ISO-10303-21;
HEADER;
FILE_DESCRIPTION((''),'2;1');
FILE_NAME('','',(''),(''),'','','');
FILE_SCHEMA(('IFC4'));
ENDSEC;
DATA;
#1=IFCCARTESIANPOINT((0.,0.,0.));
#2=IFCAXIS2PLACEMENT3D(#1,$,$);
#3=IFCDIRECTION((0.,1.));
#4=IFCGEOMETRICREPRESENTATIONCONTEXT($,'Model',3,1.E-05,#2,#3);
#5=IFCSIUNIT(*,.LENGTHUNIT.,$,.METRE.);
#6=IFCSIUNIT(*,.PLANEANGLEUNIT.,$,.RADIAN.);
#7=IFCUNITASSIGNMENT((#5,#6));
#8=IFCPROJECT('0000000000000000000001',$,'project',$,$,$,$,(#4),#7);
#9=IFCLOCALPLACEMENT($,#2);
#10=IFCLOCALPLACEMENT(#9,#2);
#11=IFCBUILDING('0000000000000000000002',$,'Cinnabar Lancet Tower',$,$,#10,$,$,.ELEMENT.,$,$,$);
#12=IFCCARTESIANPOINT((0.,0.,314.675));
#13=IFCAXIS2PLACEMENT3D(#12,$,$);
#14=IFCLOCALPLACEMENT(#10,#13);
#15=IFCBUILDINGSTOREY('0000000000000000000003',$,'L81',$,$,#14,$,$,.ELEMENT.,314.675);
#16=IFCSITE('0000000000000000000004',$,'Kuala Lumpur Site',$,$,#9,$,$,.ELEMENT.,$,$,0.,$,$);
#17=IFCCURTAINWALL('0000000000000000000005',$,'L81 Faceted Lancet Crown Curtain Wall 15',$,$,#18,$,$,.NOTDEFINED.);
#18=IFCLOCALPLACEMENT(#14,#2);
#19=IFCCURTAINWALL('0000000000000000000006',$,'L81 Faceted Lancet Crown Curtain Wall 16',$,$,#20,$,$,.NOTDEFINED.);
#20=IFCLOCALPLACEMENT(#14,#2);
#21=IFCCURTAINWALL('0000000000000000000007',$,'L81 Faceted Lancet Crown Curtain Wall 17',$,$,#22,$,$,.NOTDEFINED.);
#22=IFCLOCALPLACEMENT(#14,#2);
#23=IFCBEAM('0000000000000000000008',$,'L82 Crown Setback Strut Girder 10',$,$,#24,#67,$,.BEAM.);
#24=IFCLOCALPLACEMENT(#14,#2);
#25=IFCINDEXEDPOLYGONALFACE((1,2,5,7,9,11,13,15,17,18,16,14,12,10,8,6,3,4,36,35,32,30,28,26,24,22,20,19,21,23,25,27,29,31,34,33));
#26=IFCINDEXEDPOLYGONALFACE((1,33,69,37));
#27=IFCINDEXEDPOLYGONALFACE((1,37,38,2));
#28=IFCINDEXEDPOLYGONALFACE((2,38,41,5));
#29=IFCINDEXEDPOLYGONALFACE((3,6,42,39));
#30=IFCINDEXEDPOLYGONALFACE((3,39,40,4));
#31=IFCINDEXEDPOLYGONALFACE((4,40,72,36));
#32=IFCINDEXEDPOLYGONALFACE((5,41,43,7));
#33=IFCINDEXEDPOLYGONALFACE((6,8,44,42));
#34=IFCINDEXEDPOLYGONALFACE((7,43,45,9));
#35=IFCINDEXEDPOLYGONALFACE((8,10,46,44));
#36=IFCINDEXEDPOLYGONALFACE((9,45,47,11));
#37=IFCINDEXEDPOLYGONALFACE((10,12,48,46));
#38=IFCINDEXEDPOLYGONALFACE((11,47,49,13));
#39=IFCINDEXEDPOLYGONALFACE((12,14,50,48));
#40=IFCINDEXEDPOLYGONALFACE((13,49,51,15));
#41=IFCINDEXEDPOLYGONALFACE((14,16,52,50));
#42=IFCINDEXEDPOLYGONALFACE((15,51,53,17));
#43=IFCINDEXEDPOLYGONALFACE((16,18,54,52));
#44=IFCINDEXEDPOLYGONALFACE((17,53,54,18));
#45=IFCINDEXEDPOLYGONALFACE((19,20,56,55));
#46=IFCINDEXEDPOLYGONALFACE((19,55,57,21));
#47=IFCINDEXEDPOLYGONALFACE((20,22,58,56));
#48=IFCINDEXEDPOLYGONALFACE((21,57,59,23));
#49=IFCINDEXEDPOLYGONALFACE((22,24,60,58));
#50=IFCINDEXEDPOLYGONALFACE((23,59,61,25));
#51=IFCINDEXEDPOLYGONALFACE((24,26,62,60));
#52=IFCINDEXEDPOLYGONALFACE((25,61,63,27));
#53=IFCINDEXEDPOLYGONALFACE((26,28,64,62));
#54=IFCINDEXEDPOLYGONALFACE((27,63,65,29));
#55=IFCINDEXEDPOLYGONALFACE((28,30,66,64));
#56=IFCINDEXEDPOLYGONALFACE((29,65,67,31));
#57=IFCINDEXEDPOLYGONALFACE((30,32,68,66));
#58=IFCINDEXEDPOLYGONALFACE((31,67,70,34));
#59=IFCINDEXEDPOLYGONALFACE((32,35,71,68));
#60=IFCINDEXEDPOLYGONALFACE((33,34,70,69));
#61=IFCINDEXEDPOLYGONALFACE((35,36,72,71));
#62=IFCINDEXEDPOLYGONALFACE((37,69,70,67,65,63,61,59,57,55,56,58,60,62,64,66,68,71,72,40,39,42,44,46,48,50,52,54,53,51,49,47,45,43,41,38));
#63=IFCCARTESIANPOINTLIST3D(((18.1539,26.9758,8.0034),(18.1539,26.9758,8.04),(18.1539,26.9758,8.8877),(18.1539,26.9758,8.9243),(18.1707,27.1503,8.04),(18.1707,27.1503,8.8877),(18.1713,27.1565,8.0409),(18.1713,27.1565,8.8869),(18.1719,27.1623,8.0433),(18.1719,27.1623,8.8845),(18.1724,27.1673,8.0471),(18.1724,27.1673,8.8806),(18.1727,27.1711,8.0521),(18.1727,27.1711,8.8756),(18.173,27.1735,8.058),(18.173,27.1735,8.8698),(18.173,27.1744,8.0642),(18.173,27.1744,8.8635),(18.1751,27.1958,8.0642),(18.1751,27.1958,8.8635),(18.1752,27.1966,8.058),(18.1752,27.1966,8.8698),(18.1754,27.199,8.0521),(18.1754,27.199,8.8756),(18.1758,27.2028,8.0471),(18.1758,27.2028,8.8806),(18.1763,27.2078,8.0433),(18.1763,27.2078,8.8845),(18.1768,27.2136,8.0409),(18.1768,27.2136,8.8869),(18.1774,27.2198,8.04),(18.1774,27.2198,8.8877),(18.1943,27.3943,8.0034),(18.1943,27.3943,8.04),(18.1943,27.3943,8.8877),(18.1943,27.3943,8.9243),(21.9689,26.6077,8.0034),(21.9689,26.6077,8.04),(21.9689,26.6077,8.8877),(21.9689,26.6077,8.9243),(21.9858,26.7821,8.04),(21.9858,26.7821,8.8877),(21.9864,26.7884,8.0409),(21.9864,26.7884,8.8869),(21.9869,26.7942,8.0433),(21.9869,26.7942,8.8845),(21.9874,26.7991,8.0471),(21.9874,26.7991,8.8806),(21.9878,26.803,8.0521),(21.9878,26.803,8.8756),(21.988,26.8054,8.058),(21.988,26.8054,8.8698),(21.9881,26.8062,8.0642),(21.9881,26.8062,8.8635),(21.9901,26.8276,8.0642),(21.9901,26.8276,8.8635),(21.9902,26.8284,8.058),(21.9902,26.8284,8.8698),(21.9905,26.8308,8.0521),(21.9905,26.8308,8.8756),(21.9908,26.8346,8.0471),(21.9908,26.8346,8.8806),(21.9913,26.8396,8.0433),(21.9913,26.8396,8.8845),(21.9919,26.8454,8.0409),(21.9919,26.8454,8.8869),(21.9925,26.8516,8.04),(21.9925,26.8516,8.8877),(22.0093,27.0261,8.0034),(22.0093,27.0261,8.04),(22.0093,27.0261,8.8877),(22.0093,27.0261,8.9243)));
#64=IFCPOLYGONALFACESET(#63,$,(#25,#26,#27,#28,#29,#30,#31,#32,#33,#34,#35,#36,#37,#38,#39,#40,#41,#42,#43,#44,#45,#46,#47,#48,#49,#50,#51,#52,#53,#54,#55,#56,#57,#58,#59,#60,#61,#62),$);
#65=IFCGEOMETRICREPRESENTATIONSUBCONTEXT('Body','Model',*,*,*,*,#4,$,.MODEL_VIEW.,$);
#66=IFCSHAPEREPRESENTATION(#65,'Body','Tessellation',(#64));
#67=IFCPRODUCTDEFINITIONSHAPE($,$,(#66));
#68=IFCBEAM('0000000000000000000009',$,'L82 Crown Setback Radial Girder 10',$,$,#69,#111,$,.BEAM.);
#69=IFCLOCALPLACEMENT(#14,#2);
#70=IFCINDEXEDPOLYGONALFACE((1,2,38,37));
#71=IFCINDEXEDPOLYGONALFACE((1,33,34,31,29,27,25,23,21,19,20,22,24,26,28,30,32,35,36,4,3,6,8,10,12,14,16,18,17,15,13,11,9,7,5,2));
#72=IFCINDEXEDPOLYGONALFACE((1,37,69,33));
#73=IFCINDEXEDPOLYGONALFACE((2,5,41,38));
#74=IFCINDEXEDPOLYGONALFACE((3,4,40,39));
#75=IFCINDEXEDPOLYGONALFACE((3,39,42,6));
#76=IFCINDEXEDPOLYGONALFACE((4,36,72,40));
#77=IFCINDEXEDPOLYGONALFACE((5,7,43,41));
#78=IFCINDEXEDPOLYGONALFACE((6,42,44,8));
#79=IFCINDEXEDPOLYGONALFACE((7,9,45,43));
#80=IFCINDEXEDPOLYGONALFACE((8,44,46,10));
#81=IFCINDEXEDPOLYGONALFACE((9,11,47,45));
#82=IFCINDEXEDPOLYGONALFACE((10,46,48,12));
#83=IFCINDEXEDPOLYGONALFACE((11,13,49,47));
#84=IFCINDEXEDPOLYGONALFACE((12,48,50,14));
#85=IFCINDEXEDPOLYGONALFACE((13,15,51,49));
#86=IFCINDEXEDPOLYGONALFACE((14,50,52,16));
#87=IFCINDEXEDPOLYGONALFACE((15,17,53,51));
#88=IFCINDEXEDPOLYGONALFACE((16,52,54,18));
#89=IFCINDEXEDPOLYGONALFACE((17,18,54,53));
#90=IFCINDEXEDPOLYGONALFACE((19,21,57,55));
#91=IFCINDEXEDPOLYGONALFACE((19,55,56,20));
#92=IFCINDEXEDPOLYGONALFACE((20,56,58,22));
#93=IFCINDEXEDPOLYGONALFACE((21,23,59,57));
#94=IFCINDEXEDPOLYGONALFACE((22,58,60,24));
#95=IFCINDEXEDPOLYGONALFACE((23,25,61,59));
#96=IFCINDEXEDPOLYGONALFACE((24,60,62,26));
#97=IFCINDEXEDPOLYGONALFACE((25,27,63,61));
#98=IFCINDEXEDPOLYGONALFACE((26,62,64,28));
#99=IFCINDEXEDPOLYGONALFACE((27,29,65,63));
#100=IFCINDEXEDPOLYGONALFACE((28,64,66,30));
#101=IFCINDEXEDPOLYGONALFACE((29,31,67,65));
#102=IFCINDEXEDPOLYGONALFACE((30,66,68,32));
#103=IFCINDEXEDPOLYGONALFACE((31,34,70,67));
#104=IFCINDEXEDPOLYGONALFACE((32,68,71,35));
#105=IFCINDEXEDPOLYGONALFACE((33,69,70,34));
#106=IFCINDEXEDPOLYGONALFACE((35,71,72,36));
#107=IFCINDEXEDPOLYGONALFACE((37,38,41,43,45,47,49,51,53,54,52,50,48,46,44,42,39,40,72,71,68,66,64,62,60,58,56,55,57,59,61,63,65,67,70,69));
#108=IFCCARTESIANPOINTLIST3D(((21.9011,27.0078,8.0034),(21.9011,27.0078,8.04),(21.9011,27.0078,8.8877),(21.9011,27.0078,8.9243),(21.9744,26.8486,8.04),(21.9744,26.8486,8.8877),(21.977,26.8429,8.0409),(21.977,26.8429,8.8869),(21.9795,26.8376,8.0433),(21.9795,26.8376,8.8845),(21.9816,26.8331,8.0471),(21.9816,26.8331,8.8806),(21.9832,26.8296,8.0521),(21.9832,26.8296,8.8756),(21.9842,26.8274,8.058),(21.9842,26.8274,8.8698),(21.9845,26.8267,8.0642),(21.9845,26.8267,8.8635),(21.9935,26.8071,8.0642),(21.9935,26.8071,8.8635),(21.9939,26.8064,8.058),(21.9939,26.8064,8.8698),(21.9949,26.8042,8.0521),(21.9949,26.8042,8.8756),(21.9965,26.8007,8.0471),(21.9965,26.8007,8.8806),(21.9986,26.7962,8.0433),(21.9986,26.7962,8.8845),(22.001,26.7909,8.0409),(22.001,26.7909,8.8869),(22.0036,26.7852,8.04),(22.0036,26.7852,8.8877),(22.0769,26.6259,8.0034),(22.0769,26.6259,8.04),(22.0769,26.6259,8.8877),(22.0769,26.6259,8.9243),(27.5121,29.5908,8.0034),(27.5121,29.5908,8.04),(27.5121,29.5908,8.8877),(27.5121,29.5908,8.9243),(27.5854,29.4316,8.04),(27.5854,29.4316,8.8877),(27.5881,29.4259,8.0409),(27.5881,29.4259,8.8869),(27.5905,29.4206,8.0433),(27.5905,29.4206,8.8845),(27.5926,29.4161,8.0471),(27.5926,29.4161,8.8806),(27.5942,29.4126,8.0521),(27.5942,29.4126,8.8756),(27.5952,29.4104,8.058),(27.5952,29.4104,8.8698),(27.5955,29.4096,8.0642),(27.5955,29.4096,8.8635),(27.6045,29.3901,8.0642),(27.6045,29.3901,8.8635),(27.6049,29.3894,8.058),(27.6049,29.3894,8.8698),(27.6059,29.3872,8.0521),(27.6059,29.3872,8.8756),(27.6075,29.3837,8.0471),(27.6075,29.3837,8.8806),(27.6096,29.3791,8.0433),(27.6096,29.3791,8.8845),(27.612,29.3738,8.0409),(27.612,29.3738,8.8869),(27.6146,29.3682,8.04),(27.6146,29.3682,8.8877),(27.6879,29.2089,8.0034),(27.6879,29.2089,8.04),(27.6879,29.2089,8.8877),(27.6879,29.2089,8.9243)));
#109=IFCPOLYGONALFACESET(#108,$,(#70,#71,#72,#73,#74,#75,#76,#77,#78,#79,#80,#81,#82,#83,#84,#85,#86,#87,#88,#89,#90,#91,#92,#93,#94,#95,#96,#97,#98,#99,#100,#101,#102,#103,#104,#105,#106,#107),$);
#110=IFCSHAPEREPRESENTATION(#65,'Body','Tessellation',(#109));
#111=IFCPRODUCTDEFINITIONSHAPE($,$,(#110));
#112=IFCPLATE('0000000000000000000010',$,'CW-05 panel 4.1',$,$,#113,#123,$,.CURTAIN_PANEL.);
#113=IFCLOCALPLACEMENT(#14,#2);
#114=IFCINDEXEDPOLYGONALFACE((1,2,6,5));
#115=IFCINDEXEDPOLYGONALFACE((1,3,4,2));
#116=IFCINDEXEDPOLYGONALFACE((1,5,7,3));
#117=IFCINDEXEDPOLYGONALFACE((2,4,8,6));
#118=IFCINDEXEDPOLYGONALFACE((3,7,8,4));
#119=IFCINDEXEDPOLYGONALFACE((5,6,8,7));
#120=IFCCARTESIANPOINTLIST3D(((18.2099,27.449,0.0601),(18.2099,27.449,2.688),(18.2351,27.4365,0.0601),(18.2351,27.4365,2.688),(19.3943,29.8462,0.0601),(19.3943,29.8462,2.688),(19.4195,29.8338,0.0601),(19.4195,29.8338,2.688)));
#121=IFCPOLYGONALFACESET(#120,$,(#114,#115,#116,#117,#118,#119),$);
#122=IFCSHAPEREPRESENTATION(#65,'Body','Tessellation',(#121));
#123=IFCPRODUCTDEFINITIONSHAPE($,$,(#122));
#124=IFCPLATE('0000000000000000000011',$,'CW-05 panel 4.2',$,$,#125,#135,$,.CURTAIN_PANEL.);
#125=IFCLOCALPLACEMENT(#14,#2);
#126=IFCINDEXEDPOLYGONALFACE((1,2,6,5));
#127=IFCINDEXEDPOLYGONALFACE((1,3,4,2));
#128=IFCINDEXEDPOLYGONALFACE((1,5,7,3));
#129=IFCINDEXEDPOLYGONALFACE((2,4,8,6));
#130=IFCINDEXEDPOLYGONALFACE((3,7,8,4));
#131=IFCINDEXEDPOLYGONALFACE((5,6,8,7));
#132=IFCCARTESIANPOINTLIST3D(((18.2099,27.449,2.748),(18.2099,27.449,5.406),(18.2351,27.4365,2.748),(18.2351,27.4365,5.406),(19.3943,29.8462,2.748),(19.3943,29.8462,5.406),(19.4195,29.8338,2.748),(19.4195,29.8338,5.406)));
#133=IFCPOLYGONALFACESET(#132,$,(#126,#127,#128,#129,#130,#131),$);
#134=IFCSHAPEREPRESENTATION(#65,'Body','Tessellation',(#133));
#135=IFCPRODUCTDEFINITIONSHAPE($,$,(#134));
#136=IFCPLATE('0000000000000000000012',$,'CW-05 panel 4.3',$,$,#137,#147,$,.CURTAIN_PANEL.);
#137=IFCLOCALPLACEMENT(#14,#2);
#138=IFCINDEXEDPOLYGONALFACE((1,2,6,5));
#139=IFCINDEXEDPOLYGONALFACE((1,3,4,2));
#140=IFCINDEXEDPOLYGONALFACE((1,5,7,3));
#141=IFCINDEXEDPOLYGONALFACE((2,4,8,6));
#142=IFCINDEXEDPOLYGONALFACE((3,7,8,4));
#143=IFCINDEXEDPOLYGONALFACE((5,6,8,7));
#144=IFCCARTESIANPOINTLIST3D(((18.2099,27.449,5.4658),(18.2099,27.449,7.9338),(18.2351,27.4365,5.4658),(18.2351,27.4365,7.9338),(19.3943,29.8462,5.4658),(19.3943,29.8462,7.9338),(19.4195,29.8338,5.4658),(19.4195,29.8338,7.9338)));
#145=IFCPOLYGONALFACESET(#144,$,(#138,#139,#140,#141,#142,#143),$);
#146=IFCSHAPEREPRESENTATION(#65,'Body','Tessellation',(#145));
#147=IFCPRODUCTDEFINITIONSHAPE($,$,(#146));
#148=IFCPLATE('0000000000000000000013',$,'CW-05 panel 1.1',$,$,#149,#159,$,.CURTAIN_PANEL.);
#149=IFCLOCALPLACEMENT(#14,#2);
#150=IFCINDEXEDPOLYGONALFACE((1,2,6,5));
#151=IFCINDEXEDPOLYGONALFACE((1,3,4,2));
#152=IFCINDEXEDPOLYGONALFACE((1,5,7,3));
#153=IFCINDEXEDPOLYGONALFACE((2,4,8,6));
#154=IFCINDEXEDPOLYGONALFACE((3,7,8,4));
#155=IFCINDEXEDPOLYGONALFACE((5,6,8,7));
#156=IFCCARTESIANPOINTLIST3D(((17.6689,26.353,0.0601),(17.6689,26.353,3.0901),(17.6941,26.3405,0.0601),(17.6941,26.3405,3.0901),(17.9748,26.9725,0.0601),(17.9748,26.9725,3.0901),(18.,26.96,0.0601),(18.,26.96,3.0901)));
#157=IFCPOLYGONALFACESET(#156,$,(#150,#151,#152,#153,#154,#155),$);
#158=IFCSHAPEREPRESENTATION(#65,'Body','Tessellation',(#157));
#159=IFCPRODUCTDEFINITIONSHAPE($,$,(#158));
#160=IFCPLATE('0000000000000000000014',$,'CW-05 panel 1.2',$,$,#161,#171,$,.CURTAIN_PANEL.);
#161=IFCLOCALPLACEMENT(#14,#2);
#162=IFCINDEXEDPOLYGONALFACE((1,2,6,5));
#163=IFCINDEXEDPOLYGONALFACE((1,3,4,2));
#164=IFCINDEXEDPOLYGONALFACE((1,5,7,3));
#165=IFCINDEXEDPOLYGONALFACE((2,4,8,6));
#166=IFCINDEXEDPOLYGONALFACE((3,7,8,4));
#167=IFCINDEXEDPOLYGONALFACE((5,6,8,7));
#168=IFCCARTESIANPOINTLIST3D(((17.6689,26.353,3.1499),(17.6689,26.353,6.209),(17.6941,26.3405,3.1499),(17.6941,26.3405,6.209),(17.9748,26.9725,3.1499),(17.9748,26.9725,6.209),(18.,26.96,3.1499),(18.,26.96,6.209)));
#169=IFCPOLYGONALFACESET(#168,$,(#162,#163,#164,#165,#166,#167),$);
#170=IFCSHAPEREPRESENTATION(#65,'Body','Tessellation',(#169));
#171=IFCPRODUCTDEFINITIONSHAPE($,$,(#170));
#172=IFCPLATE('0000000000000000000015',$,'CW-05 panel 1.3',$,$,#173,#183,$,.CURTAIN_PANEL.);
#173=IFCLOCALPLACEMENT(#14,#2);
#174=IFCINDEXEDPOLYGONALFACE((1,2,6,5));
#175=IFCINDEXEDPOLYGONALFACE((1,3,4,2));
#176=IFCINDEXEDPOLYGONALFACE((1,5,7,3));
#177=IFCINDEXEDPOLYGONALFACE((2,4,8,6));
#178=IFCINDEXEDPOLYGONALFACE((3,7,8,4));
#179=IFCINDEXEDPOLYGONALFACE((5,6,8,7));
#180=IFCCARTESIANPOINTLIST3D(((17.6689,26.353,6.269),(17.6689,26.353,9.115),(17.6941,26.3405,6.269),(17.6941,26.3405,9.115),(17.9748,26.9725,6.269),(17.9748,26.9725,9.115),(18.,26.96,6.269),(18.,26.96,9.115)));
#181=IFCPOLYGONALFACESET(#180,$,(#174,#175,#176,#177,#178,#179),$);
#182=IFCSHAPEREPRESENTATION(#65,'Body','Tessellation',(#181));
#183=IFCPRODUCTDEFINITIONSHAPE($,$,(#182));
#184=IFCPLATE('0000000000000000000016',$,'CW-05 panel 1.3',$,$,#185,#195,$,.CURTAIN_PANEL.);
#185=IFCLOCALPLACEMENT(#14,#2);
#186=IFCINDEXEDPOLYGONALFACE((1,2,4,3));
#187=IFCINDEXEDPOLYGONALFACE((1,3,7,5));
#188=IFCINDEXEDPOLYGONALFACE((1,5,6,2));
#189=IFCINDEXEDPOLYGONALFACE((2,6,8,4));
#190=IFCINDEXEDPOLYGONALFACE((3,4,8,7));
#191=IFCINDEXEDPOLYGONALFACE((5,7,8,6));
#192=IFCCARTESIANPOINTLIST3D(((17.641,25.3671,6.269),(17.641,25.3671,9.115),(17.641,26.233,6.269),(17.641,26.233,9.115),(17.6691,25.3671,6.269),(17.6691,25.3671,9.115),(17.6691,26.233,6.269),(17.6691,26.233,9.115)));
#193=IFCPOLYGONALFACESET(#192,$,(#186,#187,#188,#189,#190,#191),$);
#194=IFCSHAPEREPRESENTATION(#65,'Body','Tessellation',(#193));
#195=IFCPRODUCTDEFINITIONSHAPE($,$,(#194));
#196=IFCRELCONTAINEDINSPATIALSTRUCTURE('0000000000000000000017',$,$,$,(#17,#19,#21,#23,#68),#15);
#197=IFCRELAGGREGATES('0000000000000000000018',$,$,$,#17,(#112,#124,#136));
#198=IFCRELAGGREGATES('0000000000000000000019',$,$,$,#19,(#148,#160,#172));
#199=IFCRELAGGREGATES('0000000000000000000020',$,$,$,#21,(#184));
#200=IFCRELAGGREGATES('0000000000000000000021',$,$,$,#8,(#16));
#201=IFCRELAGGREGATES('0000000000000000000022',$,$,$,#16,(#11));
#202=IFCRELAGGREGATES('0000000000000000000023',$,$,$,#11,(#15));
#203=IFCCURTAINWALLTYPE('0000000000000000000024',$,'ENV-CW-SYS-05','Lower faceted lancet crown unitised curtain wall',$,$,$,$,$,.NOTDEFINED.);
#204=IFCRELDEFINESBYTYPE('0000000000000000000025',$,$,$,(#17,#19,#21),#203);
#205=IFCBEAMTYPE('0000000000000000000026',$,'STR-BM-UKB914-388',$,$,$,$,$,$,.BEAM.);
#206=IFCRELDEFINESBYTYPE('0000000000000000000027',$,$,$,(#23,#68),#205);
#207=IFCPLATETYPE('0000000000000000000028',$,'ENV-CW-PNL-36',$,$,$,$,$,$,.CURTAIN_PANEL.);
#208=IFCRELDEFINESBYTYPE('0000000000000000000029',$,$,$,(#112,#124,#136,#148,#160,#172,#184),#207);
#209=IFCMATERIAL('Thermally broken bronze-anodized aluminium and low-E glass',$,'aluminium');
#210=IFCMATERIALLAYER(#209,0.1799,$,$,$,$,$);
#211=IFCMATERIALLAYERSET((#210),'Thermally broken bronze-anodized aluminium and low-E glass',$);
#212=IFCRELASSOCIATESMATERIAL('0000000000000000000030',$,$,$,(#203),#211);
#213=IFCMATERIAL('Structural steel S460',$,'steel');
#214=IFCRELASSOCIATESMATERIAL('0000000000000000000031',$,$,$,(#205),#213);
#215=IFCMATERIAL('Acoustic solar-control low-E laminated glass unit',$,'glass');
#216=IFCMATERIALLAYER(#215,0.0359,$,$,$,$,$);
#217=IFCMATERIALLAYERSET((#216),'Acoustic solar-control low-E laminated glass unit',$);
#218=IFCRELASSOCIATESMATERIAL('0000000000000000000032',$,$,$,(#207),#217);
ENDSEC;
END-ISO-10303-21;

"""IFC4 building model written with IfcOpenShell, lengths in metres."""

from ifc_helpers import new_model, si_unit, direction, frame, origin, origin_2d, place, context, subcontext, project, spatial, rectangle, i_section, extrude, material, layer, layer_set, material_profile, profile_set, type_object, element, aggregate, save


model = new_model("IFC4")

# Units and contexts
model_context = context("Model", 3, precision=1e-05, world=origin(), true_north=direction((0.0, 1.0)))
body_context = subcontext(model_context, "Body", "Model", "MODEL_VIEW")
ifc_project = project(units=[si_unit("LENGTHUNIT", "METRE"), si_unit("PLANEANGLEUNIT", "RADIAN")], contexts=[model_context])

# Site, building, storey
site_placement = place(None, origin())
site = spatial("IfcSite", under=ifc_project, at=site_placement, Name="Kuala Lumpur Site", CompositionType="ELEMENT", RefElevation=0.0)
building_placement = place(site_placement, origin())
building = spatial("IfcBuilding", under=site, at=building_placement, Name="Cinnabar Lancet Tower", CompositionType="ELEMENT")
storey_placement = place(building_placement, frame((0.0, 0.0, 314.675)))
storey = spatial("IfcBuildingStorey", under=building, at=storey_placement, Name="L81", CompositionType="ELEMENT", Elevation=314.675)

# Curtain wall
ifc_material_1 = material(Name="Thermally broken bronze-anodized aluminium and low-E glass", Category="aluminium")
ifc_layer_1 = layer(ifc_material_1, 0.1799)
ifc_layer_set_1 = layer_set([ifc_layer_1], Name="Thermally broken bronze-anodized aluminium and low-E glass")
curtain_wall_type = type_object("IfcCurtainWallType", Name="ENV-CW-SYS-05", Description="Lower faceted lancet crown unitised curtain wall", PredefinedType="NOTDEFINED", material=ifc_layer_set_1)
curtain_wall_1_placement = place(storey_placement, origin())
curtain_wall_1 = element("IfcCurtainWall", 1, at=curtain_wall_1_placement, inside=storey, type_object=curtain_wall_type, Name="L81 Faceted Lancet Crown Curtain Wall 15", PredefinedType="NOTDEFINED")

# Curtain wall
curtain_wall_2_placement = place(storey_placement, origin())
curtain_wall_2 = element("IfcCurtainWall", 2, at=curtain_wall_2_placement, inside=storey, type_object=curtain_wall_type, Name="L81 Faceted Lancet Crown Curtain Wall 16", PredefinedType="NOTDEFINED")

# Curtain wall
curtain_wall_3_placement = place(storey_placement, origin())
curtain_wall_3 = element("IfcCurtainWall", 3, at=curtain_wall_3_placement, inside=storey, type_object=curtain_wall_type, Name="L81 Faceted Lancet Crown Curtain Wall 17", PredefinedType="NOTDEFINED")

# Beams
ifc_material_2 = material(Name="Structural steel S460", Category="steel")
ifc_material_profile_1 = material_profile(ifc_material_2, i_section(OverallWidth=0.4204, OverallDepth=0.9209, WebThickness=0.0215, FlangeThickness=0.0366, FilletRadius=0.0242, at=origin_2d()), Name="UKB 914x419x388")
ifc_profile_set_1 = profile_set([ifc_material_profile_1], Name="Structural steel S460")
beam_type = type_object("IfcBeamType", Name="STR-BM-UKB914-388", PredefinedType="BEAM", material=ifc_profile_set_1)
beam_1_placement = place(storey_placement, frame((18.1741, 27.1851, 8.4639), z_axis=(0.995376, -0.09606, 0.0), x_axis=(0.09606, 0.995376, 0.0)))
element("IfcBeam", 4, at=beam_1_placement, inside=storey, type_object=beam_type, Name="L82 Crown Setback Strut Girder 10", PredefinedType="BEAM", context=body_context, shape_type="SweptSolid", body=[
    extrude(i_section(OverallWidth=0.4204, OverallDepth=0.9209, WebThickness=0.0215, FlangeThickness=0.0366, FilletRadius=0.0242, at=origin_2d()), origin(), (0.0, 0.0, 1.0), 3.8328),
])
beam_2_placement = place(storey_placement, frame((21.989, 26.8169, 8.4639), z_axis=(0.908373, 0.418161, 0.0), x_axis=(-0.418161, 0.908373, 0.0)))
element("IfcBeam", 5, at=beam_2_placement, inside=storey, type_object=beam_type, Name="L82 Crown Setback Radial Girder 10", PredefinedType="BEAM", context=body_context, shape_type="SweptSolid", body=[
    extrude(i_section(OverallWidth=0.4204, OverallDepth=0.9209, WebThickness=0.0215, FlangeThickness=0.0366, FilletRadius=0.0242, at=origin_2d()), origin(), (0.0, 0.0, 1.0), 6.177),
])

# Plates
ifc_material_3 = material(Name="Acoustic solar-control low-E laminated glass unit", Category="glass")
ifc_layer_2 = layer(ifc_material_3, 0.0359)
ifc_layer_set_2 = layer_set([ifc_layer_2], Name="Acoustic solar-control low-E laminated glass unit")
plate_type = type_object("IfcPlateType", Name="ENV-CW-PNL-36", PredefinedType="CURTAIN_PANEL", material=ifc_layer_set_2)
plate_1_placement = place(storey_placement, frame((18.8147, 28.6414, 0.0601), z_axis=(0.0, 0.0, 1.0), x_axis=(-0.442939, -0.896552, 0.0)))
plate_1 = element("IfcPlate", 6, at=plate_1_placement, type_object=plate_type, Name="CW-05 panel 4.1", PredefinedType="CURTAIN_PANEL", context=body_context, shape_type="SweptSolid", body=[
    extrude(rectangle(XDim=2.6738, YDim=0.0281, at=origin_2d()), origin(), (0.0, 0.0, 1.0), 2.6279),
])
plate_2_placement = place(storey_placement, frame((18.8147, 28.6414, 2.748), z_axis=(0.0, 0.0, 1.0), x_axis=(-0.442939, -0.896552, 0.0)))
plate_2 = element("IfcPlate", 7, at=plate_2_placement, type_object=plate_type, Name="CW-05 panel 4.2", PredefinedType="CURTAIN_PANEL", context=body_context, shape_type="SweptSolid", body=[
    extrude(rectangle(XDim=2.6738, YDim=0.0281, at=origin_2d()), origin(), (0.0, 0.0, 1.0), 2.658),
])
plate_3_placement = place(storey_placement, frame((18.8147, 28.6414, 5.4658), z_axis=(0.0, 0.0, 1.0), x_axis=(-0.442939, -0.896552, 0.0)))
plate_3 = element("IfcPlate", 8, at=plate_3_placement, type_object=plate_type, Name="CW-05 panel 4.3", PredefinedType="CURTAIN_PANEL", context=body_context, shape_type="SweptSolid", body=[
    extrude(rectangle(XDim=2.6738, YDim=0.0281, at=origin_2d()), origin(), (0.0, 0.0, 1.0), 2.468),
])
aggregate(curtain_wall_1, [plate_1, plate_2, plate_3])
plate_4_placement = place(storey_placement, frame((17.8345, 26.6565, 0.0601), z_axis=(0.0, 0.0, 1.0), x_axis=(-0.442768, -0.896636, 0.0)))
plate_4 = element("IfcPlate", 9, at=plate_4_placement, type_object=plate_type, Name="CW-05 panel 1.1", PredefinedType="CURTAIN_PANEL", context=body_context, shape_type="SweptSolid", body=[
    extrude(rectangle(XDim=0.6909, YDim=0.0281, at=origin_2d()), origin(), (0.0, 0.0, 1.0), 3.03),
])
plate_5_placement = place(storey_placement, frame((17.8345, 26.6565, 3.1499), z_axis=(0.0, 0.0, 1.0), x_axis=(-0.442768, -0.896636, 0.0)))
plate_5 = element("IfcPlate", 10, at=plate_5_placement, type_object=plate_type, Name="CW-05 panel 1.2", PredefinedType="CURTAIN_PANEL", context=body_context, shape_type="SweptSolid", body=[
    extrude(rectangle(XDim=0.6909, YDim=0.0281, at=origin_2d()), origin(), (0.0, 0.0, 1.0), 3.0591),
])
plate_6_placement = place(storey_placement, frame((17.8345, 26.6565, 6.269), z_axis=(0.0, 0.0, 1.0), x_axis=(-0.442768, -0.896636, 0.0)))
plate_6 = element("IfcPlate", 11, at=plate_6_placement, type_object=plate_type, Name="CW-05 panel 1.3", PredefinedType="CURTAIN_PANEL", context=body_context, shape_type="SweptSolid", body=[
    extrude(rectangle(XDim=0.6909, YDim=0.0281, at=origin_2d()), origin(), (0.0, 0.0, 1.0), 2.8459),
])
aggregate(curtain_wall_2, [plate_4, plate_5, plate_6])
plate_7_placement = place(storey_placement, frame((17.655, 25.8, 6.269), z_axis=(0.0, 0.0, 1.0), x_axis=(0.0, -1.0, 0.0)))
plate_7 = element("IfcPlate", 12, at=plate_7_placement, type_object=plate_type, Name="CW-05 panel 1.3", PredefinedType="CURTAIN_PANEL", context=body_context, shape_type="SweptSolid", body=[
    extrude(rectangle(XDim=0.866, YDim=0.0281, at=origin_2d()), origin(), (0.0, 0.0, 1.0), 2.8459),
])
aggregate(curtain_wall_3, [plate_7])

save(model, "model.ifc")
